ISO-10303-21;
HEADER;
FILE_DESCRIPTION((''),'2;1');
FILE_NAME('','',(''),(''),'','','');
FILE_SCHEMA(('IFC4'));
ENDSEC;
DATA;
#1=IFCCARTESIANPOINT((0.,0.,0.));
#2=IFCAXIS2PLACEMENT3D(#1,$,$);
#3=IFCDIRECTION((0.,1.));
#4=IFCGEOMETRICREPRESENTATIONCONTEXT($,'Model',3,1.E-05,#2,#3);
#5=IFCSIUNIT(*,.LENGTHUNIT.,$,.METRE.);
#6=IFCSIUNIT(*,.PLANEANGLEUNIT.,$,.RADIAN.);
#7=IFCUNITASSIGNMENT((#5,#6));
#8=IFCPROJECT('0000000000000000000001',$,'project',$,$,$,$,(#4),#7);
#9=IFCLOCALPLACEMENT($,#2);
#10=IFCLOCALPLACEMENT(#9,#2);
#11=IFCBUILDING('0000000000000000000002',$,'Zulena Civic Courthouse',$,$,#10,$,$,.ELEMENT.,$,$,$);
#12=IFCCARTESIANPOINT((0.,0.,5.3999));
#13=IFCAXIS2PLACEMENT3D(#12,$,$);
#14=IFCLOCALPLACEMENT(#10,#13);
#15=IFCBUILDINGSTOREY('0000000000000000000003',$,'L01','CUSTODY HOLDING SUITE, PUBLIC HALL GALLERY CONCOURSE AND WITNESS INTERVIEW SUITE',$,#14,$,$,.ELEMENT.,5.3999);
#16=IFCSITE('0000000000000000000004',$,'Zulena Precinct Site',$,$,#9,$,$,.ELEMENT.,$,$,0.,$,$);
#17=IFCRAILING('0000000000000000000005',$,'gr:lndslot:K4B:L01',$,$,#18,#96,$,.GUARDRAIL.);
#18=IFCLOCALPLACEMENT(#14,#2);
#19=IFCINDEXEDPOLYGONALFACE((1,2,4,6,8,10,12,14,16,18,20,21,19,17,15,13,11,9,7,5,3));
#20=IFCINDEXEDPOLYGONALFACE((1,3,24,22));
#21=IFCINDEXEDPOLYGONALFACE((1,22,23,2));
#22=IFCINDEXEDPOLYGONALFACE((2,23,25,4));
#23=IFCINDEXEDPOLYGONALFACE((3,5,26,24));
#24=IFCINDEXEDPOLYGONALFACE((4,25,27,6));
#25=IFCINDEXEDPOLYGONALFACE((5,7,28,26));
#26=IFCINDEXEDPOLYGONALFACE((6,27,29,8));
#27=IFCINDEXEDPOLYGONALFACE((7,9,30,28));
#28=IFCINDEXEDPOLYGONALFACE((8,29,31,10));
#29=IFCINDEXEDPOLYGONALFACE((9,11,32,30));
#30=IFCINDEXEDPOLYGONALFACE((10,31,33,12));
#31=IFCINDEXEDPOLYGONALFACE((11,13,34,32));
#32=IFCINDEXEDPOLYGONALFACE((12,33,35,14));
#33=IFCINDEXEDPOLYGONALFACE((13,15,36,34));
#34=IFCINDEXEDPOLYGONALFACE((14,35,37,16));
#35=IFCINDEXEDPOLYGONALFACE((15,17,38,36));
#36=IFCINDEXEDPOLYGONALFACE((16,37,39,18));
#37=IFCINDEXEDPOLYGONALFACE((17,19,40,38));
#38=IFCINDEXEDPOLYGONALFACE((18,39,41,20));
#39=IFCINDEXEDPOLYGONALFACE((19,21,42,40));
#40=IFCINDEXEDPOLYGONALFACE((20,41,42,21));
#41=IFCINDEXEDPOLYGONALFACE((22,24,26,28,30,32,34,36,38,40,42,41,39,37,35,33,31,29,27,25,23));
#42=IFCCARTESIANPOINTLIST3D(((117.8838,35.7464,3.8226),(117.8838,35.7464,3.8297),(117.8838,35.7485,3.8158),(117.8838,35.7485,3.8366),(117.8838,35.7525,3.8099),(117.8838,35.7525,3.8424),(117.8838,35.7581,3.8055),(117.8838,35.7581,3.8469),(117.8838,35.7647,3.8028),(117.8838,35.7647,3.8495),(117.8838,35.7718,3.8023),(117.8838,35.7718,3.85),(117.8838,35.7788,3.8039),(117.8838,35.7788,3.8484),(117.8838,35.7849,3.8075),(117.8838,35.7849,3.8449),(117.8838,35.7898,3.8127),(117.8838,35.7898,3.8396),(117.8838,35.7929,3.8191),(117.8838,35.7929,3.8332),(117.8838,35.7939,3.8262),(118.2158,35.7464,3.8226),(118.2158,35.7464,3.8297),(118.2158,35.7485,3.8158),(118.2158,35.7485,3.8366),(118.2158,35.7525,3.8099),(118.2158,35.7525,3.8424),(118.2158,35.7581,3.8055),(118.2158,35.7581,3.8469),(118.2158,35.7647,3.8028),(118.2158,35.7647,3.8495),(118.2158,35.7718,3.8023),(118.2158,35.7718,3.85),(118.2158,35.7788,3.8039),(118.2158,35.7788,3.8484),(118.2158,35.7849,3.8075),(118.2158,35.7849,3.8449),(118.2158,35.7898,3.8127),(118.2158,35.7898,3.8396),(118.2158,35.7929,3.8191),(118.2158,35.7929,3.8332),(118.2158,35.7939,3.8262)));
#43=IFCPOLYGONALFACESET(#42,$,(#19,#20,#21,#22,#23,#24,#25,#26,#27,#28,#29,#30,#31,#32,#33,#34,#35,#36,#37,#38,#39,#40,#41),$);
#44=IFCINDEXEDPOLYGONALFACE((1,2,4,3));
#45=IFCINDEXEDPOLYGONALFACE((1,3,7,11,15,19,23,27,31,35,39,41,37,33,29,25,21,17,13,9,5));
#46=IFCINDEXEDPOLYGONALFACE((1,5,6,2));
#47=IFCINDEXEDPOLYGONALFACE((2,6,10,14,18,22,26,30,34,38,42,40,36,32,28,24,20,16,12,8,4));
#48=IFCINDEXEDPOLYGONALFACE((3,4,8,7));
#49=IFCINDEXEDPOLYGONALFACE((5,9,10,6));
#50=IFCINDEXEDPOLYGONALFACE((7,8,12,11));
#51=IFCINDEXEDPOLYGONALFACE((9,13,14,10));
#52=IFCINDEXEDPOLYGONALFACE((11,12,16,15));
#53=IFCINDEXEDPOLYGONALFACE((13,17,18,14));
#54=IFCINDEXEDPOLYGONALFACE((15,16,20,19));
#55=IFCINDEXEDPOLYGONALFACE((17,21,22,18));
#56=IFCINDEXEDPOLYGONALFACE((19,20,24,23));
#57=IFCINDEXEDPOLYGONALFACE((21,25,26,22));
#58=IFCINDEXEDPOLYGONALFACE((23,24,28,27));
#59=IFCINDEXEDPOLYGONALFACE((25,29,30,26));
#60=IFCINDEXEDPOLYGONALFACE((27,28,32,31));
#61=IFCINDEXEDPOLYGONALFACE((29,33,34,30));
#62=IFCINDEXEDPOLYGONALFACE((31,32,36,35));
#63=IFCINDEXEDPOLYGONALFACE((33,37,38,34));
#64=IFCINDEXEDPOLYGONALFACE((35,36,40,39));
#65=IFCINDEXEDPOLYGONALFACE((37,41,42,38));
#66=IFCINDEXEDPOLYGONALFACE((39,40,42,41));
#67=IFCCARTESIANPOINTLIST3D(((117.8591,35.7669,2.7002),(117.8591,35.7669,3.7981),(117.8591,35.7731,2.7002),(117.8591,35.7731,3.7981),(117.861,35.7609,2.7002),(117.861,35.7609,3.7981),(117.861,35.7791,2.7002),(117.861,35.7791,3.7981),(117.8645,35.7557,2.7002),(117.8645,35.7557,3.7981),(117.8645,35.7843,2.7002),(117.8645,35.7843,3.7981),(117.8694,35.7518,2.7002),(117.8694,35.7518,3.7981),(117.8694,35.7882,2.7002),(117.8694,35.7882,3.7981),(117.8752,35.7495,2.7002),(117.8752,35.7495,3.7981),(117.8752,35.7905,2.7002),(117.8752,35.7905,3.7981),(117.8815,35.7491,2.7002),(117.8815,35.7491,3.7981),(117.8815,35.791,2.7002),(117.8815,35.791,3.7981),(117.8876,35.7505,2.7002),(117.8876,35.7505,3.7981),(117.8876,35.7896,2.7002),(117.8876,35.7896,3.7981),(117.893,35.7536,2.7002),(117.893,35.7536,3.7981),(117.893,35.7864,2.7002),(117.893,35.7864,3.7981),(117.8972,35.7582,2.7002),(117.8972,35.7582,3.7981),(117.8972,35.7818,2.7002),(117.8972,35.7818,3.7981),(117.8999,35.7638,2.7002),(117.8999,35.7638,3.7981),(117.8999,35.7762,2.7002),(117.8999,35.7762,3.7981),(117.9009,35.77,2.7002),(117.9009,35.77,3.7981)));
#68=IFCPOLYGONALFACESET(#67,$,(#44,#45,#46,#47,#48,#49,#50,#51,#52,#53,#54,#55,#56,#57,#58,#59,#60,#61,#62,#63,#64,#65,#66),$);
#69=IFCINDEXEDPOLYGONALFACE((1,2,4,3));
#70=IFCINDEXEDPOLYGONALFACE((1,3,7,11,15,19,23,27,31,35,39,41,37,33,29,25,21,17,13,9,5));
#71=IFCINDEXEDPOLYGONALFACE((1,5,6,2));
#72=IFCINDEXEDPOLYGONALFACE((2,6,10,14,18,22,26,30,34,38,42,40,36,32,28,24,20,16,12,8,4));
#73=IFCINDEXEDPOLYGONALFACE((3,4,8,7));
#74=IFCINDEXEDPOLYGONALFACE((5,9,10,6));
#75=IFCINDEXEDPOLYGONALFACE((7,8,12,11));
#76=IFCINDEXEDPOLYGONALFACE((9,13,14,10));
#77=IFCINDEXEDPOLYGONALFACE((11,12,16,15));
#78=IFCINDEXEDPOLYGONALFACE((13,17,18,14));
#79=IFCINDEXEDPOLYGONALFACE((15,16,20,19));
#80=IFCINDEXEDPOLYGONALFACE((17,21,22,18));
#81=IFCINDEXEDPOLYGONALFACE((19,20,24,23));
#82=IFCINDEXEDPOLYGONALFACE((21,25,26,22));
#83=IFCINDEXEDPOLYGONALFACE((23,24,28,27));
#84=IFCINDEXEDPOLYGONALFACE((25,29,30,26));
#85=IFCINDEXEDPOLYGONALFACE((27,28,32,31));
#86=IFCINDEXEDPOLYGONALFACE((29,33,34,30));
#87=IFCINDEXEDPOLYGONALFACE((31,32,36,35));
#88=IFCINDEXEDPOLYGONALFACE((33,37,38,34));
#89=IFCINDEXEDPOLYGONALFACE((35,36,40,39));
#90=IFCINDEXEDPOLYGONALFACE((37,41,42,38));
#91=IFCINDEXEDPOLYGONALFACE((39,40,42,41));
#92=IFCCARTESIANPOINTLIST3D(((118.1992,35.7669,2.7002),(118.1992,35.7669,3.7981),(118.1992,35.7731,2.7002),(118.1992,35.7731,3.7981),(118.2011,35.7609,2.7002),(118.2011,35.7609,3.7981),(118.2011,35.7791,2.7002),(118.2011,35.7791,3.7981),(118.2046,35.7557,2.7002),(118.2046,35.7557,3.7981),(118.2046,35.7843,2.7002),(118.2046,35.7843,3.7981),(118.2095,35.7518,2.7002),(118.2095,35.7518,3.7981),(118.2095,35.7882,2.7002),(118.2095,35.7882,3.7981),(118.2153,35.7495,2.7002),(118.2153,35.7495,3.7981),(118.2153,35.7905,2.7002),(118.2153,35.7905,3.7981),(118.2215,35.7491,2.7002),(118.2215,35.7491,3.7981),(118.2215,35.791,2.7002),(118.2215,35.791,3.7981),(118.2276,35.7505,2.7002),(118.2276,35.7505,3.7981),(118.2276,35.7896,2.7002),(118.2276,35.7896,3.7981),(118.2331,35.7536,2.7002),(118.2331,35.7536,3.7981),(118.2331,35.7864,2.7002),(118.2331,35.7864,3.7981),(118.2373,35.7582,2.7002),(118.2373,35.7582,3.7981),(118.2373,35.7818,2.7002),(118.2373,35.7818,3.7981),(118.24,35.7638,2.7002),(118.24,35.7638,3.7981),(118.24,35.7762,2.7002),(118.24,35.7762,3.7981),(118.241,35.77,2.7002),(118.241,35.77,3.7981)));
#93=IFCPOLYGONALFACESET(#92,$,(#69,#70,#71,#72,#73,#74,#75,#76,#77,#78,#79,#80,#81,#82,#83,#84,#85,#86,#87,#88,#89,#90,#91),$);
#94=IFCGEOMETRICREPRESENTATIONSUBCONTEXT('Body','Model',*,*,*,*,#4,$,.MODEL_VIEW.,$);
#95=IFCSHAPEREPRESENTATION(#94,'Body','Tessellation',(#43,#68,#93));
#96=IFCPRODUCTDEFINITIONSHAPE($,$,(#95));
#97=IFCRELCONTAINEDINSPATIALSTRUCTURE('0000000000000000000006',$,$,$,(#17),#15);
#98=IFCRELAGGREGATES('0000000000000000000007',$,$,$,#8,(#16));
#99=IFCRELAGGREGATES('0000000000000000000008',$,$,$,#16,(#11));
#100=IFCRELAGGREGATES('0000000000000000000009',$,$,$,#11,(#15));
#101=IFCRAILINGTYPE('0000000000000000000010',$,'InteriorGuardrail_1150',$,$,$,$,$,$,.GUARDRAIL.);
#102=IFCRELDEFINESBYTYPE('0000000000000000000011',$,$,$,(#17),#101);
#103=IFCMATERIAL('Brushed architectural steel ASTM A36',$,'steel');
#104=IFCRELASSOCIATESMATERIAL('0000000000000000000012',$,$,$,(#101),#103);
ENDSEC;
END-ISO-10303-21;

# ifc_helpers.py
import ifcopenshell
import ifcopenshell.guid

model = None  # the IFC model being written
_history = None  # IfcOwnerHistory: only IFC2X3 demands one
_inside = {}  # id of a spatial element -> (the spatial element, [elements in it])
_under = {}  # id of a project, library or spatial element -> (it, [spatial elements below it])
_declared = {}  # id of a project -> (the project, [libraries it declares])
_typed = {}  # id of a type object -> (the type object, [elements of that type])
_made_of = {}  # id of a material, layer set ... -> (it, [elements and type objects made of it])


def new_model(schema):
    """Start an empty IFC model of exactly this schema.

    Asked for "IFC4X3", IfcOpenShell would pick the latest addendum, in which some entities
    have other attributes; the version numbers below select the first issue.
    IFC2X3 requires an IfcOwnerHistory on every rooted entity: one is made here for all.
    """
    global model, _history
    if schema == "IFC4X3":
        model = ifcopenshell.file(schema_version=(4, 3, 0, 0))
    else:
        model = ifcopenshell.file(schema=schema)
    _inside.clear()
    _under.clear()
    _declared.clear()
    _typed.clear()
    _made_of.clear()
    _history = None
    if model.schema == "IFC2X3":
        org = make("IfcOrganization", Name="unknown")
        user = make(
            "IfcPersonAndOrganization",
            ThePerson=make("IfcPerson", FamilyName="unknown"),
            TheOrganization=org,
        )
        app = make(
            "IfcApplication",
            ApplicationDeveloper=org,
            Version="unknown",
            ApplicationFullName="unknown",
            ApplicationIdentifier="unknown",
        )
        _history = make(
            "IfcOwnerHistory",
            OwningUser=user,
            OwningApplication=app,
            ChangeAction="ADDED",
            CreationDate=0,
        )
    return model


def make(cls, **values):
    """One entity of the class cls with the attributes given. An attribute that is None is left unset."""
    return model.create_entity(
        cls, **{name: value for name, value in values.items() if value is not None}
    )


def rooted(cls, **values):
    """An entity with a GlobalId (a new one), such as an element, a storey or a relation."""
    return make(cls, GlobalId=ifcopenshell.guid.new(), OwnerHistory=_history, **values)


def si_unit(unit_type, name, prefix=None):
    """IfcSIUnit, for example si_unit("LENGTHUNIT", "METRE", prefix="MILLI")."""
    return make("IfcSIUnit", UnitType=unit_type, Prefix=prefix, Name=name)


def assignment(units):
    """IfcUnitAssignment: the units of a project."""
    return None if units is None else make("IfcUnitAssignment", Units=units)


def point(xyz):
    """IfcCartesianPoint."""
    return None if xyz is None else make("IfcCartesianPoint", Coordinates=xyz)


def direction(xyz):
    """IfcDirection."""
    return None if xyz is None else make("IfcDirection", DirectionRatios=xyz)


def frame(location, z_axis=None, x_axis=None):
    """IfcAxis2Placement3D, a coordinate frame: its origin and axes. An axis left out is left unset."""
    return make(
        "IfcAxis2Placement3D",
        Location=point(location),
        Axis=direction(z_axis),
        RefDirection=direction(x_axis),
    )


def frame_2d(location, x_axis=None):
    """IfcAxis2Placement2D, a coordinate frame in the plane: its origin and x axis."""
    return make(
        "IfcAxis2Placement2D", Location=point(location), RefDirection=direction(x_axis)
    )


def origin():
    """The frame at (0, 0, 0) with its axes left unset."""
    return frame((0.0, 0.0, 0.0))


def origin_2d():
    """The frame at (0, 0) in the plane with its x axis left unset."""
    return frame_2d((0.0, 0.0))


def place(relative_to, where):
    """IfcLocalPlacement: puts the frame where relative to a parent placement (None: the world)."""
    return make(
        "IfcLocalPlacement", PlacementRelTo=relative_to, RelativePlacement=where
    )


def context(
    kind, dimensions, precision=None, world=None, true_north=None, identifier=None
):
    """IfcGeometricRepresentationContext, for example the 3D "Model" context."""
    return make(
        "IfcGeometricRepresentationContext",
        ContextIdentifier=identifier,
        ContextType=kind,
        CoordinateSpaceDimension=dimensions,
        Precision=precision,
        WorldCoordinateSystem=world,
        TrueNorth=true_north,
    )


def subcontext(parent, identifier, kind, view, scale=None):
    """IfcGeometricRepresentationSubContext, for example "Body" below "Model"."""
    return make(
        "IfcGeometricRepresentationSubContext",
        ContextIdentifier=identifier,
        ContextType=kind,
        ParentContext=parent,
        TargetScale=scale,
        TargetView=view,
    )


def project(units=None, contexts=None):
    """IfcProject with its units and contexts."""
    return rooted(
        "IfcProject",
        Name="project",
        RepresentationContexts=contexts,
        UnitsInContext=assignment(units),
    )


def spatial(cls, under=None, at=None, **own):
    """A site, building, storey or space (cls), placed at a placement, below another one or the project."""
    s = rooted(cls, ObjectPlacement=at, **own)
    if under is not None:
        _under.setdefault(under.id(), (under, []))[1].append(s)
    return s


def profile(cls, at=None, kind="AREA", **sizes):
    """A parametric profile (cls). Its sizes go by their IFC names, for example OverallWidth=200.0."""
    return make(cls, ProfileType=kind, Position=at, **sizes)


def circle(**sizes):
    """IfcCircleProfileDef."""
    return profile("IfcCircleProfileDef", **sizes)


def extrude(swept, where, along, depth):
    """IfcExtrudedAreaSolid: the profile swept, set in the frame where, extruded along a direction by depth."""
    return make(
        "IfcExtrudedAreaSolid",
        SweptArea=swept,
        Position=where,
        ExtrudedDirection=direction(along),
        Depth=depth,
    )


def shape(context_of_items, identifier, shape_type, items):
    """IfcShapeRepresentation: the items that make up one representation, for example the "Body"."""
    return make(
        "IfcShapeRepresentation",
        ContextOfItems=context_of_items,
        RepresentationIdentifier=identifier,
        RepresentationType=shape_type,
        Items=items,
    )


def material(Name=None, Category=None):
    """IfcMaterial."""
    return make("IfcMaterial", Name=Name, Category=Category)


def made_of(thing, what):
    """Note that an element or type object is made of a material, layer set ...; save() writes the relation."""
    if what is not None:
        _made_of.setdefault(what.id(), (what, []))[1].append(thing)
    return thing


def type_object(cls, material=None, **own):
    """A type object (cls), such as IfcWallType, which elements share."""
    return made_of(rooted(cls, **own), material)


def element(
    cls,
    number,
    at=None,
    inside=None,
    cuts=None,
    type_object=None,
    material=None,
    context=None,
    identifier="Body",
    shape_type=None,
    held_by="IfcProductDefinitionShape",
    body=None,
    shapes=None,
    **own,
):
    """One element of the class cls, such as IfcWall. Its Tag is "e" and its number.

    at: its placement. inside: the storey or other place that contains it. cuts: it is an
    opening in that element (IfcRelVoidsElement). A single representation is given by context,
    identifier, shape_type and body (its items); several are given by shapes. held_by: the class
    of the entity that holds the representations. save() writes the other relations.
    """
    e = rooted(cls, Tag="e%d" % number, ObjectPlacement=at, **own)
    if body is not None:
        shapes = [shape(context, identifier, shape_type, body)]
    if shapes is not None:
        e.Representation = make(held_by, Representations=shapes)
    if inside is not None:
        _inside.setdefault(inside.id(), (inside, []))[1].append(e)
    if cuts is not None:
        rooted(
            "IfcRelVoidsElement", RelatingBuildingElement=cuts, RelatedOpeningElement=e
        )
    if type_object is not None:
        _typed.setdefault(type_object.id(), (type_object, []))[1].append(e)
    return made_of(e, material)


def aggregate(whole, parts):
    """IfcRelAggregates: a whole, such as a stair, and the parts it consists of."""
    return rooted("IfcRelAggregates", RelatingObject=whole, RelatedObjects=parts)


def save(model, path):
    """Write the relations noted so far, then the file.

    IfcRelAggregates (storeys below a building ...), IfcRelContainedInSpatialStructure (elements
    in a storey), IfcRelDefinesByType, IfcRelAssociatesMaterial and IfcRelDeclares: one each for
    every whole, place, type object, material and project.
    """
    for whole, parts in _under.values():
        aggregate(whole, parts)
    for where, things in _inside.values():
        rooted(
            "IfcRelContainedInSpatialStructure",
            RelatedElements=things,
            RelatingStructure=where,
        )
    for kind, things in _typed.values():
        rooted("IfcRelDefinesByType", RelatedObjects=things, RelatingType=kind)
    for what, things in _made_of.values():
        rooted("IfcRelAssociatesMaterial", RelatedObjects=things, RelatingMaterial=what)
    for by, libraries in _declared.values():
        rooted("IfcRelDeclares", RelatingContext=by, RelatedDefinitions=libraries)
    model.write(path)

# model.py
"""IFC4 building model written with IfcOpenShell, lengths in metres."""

from ifc_helpers import new_model, si_unit, direction, frame, origin, origin_2d, place, context, subcontext, project, spatial, circle, extrude, material, type_object, element, save


model = new_model("IFC4")

# Units and contexts
model_context = context("Model", 3, precision=1e-05, world=origin(), true_north=direction((0.0, 1.0)))
body_context = subcontext(model_context, "Body", "Model", "MODEL_VIEW")
ifc_project = project(units=[si_unit("LENGTHUNIT", "METRE"), si_unit("PLANEANGLEUNIT", "RADIAN")], contexts=[model_context])

# Site, building, storey
site_placement = place(None, origin())
site = spatial("IfcSite", under=ifc_project, at=site_placement, Name="Zulena Precinct Site", CompositionType="ELEMENT", RefElevation=0.0)
building_placement = place(site_placement, origin())
building = spatial("IfcBuilding", under=site, at=building_placement, Name="Zulena Civic Courthouse", CompositionType="ELEMENT")
storey_placement = place(building_placement, frame((0.0, 0.0, 5.3999)))
storey = spatial("IfcBuildingStorey", under=building, at=storey_placement, Name="L01", Description="CUSTODY HOLDING SUITE, PUBLIC HALL GALLERY CONCOURSE AND WITNESS INTERVIEW SUITE", CompositionType="ELEMENT", Elevation=5.3999)

# Railing
ifc_material_1 = material(Name="Brushed architectural steel ASTM A36", Category="steel")
railing_type_1 = type_object("IfcRailingType", Name="InteriorGuardrail_1150", PredefinedType="GUARDRAIL", material=ifc_material_1)
for number, where, name in (
    (1, (117.8799, 35.77, 2.7002), "gr:lndslot:K4B:L01"),
):
    element("IfcRailing", number, at=place(storey_placement, frame(where)), inside=storey, type_object=railing_type_1, Name=name, PredefinedType="GUARDRAIL", context=body_context, shape_type="SweptSolid", body=[
        extrude(circle(Radius=0.0239, at=origin_2d()), frame((0.0039, 0.0, 1.126), z_axis=(1.0, 0.0, 0.0), x_axis=(0.0, 1.0, 0.0)), (0.0, 0.0, 1.0), 0.332),
        extrude(circle(Radius=0.021, at=origin_2d()), origin(), (0.0, 0.0, 1.0), 1.0979),
        extrude(circle(Radius=0.021, at=origin_2d()), frame((0.3401, 0.0, 0.0)), (0.0, 0.0, 1.0), 1.0979),
    ])

save(model, "model.ifc")
